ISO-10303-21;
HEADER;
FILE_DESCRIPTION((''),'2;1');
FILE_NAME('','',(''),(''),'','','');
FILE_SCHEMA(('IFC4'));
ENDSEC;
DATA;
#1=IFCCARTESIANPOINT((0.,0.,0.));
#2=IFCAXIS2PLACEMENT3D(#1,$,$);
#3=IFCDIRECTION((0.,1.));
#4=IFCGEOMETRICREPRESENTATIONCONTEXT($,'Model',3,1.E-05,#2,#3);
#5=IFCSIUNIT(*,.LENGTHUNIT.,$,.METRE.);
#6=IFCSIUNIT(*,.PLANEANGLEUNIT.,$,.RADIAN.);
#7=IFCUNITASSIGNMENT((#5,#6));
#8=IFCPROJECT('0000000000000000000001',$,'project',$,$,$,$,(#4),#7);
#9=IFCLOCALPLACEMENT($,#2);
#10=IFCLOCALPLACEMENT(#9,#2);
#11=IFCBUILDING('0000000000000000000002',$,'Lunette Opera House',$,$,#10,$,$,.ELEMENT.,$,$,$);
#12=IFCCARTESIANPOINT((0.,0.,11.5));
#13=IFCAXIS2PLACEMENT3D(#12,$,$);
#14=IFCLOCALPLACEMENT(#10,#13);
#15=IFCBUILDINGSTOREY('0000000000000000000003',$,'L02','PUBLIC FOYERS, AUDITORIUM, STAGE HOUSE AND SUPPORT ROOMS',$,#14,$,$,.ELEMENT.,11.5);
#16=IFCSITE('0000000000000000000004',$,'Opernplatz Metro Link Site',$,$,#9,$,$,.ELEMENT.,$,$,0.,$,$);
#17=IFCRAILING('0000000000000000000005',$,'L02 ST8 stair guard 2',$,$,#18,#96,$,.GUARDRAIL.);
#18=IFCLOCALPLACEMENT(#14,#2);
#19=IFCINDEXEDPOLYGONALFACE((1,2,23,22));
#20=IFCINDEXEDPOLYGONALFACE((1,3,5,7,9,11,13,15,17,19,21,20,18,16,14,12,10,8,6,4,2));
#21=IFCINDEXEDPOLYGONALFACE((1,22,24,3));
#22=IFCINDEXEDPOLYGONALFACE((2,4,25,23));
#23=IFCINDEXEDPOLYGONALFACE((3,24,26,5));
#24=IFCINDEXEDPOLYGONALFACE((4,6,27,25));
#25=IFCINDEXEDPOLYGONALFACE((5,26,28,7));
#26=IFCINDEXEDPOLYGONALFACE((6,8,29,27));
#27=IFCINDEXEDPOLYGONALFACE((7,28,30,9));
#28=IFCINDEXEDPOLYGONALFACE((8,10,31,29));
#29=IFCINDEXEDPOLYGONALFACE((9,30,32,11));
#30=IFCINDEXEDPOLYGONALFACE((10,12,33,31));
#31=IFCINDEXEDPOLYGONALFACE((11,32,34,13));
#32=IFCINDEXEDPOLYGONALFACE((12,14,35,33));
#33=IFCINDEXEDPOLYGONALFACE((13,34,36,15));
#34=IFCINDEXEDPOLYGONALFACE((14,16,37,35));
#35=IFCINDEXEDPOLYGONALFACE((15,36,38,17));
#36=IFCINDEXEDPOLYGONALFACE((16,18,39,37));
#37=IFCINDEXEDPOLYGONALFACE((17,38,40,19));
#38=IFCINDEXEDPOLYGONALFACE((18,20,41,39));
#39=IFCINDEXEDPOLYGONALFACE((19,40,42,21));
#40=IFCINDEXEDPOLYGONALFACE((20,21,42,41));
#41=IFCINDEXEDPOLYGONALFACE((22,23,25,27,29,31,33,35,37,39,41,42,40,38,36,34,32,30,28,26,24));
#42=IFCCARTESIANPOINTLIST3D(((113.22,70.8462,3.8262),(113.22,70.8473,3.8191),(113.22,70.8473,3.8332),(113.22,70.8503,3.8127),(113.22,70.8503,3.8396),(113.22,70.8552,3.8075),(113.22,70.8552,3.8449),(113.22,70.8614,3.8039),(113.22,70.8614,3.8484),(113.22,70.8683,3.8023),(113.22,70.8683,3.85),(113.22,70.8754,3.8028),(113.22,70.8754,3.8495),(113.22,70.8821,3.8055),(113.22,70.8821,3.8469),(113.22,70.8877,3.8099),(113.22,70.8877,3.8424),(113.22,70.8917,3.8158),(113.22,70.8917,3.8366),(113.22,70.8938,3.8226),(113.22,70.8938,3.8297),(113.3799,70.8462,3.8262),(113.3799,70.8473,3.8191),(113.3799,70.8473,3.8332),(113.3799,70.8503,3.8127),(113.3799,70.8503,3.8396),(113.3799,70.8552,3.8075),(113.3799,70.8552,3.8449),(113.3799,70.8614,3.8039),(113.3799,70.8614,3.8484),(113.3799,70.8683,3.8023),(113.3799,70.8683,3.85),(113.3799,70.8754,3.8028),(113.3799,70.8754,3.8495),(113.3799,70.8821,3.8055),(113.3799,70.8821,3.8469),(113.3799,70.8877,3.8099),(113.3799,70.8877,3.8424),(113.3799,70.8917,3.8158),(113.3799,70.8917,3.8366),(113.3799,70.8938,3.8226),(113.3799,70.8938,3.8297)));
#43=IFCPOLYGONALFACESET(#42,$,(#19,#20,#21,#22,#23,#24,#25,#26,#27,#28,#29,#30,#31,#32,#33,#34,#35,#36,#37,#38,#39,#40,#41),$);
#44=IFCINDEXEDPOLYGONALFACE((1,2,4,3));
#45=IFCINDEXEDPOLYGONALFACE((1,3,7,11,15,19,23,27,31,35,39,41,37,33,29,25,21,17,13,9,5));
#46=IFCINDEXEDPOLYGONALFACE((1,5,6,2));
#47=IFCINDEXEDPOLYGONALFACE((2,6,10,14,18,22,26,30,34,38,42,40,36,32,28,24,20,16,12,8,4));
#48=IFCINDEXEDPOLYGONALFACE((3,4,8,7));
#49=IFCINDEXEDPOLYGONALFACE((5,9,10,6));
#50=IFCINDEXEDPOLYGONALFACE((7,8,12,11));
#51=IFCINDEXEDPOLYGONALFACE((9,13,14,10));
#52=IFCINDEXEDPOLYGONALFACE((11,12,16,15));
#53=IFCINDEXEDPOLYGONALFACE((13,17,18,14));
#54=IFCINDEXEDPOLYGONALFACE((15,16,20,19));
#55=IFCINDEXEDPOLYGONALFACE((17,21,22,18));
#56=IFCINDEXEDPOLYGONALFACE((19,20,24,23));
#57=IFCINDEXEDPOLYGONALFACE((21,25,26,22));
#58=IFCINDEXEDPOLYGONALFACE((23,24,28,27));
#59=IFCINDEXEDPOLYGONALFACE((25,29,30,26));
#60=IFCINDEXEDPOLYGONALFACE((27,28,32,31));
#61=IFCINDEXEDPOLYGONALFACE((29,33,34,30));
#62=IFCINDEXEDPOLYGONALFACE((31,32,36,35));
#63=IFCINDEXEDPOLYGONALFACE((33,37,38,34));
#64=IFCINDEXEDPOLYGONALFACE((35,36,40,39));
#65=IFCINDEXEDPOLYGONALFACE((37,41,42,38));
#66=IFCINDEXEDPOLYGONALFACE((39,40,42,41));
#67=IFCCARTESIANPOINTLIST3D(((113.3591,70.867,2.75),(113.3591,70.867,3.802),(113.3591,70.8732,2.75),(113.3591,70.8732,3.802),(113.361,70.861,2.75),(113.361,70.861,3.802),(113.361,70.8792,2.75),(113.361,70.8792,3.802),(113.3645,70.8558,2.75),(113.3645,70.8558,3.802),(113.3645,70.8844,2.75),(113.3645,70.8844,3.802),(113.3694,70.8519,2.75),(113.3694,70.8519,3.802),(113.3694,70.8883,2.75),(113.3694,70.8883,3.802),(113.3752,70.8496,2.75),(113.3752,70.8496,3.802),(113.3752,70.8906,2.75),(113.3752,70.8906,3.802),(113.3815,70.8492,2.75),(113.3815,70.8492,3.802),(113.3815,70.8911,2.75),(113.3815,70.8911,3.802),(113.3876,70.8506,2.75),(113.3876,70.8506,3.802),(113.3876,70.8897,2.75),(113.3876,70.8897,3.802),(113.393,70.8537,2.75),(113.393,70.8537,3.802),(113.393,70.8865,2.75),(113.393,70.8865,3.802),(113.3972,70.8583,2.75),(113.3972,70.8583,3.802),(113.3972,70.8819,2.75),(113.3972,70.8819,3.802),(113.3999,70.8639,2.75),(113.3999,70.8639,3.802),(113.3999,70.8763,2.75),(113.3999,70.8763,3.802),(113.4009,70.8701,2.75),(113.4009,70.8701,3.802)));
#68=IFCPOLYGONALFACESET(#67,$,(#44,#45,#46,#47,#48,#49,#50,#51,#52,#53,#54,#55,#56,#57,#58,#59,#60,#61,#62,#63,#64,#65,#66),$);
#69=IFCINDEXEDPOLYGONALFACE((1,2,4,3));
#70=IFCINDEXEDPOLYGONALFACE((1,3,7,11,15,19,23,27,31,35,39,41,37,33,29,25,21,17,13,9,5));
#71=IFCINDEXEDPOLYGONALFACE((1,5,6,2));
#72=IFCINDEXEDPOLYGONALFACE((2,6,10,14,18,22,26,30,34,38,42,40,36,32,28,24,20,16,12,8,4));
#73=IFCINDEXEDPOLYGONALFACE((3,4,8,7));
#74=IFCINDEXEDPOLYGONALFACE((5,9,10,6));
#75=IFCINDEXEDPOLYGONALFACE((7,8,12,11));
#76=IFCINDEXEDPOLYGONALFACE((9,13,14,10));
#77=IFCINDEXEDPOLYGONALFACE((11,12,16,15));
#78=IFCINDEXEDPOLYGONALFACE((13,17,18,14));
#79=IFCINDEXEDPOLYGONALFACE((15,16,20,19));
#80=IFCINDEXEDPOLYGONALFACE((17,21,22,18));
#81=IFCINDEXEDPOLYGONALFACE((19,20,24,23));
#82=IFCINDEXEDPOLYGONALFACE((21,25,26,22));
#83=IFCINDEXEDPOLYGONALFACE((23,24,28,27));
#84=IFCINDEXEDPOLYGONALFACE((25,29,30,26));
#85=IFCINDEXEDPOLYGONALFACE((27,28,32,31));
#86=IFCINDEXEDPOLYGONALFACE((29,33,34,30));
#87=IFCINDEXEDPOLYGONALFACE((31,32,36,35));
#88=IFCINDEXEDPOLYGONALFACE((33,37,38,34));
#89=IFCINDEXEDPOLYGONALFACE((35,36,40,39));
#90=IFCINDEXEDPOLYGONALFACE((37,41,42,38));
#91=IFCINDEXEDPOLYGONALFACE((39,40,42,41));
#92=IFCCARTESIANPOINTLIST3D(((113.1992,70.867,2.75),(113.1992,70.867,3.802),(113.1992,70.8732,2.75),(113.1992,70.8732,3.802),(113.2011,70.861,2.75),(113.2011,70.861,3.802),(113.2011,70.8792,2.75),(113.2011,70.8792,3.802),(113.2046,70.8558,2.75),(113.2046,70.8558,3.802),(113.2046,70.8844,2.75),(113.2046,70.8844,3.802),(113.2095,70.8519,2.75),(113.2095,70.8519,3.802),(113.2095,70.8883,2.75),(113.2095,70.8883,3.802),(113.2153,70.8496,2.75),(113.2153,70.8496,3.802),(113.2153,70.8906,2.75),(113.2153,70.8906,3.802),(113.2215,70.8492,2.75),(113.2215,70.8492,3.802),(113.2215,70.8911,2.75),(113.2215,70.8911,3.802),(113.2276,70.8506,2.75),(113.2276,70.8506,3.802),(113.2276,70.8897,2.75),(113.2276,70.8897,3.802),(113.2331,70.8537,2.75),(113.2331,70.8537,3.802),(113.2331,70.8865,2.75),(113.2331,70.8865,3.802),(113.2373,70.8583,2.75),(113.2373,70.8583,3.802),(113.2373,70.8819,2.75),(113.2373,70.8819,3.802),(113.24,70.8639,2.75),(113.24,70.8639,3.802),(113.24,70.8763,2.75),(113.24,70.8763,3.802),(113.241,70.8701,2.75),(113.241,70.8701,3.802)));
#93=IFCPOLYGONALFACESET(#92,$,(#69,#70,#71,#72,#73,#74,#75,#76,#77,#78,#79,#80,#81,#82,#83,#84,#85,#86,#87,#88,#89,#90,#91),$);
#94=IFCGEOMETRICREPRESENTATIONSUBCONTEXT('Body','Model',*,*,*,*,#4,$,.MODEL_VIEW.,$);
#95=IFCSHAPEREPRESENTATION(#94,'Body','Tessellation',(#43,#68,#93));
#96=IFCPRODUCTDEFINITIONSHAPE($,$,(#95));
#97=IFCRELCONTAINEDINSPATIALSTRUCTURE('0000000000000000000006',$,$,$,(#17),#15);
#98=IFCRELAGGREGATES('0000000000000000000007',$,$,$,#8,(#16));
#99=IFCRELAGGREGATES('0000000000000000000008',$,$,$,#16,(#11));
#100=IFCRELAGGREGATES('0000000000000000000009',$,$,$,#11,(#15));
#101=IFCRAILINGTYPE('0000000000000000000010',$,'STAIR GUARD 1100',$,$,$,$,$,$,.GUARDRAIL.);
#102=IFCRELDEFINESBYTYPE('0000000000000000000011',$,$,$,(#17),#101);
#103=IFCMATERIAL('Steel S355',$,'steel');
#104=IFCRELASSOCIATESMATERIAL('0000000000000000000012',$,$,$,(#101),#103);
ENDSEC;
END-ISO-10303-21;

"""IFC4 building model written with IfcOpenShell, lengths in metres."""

from ifc_helpers import new_model, si_unit, direction, frame, origin, origin_2d, place, context, subcontext, project, spatial, circle, extrude, material, type_object, element, save


model = new_model("IFC4")

# Units and contexts
model_context = context("Model", 3, precision=1e-05, world=origin(), true_north=direction((0.0, 1.0)))
body_context = subcontext(model_context, "Body", "Model", "MODEL_VIEW")
ifc_project = project(units=[si_unit("LENGTHUNIT", "METRE"), si_unit("PLANEANGLEUNIT", "RADIAN")], contexts=[model_context])

# Site, building, storey
site_placement = place(None, origin())
site = spatial("IfcSite", under=ifc_project, at=site_placement, Name="Opernplatz Metro Link Site", CompositionType="ELEMENT", RefElevation=0.0)
building_placement = place(site_placement, origin())
building = spatial("IfcBuilding", under=site, at=building_placement, Name="Lunette Opera House", CompositionType="ELEMENT")
storey_placement = place(building_placement, frame((0.0, 0.0, 11.5)))
storey = spatial("IfcBuildingStorey", under=building, at=storey_placement, Name="L02", Description="PUBLIC FOYERS, AUDITORIUM, STAGE HOUSE AND SUPPORT ROOMS", CompositionType="ELEMENT", Elevation=11.5)

# Railing
ifc_material_1 = material(Name="Steel S355", Category="steel")
railing_type_1 = type_object("IfcRailingType", Name="STAIR GUARD 1100", PredefinedType="GUARDRAIL", material=ifc_material_1)
railing_1_placement = place(storey_placement, frame((113.3799, 70.8701, 2.75)))
element("IfcRailing", 1, at=railing_1_placement, inside=storey, type_object=railing_type_1, Name="L02 ST8 stair guard 2", PredefinedType="GUARDRAIL", context=body_context, shape_type="SweptSolid", body=[
    extrude(circle(Radius=0.0239, at=origin_2d()), frame((0.0, 0.0, 1.0762), z_axis=(-1.0, 0.0, 0.0), x_axis=(0.0, -1.0, 0.0)), (0.0, 0.0, 1.0), 0.1599),
    extrude(circle(Radius=0.021, at=origin_2d()), origin(), (0.0, 0.0, 1.0), 1.052),
    extrude(circle(Radius=0.021, at=origin_2d()), frame((-0.1599, 0.0, 0.0)), (0.0, 0.0, 1.0), 1.052),
])

save(model, "model.ifc")
